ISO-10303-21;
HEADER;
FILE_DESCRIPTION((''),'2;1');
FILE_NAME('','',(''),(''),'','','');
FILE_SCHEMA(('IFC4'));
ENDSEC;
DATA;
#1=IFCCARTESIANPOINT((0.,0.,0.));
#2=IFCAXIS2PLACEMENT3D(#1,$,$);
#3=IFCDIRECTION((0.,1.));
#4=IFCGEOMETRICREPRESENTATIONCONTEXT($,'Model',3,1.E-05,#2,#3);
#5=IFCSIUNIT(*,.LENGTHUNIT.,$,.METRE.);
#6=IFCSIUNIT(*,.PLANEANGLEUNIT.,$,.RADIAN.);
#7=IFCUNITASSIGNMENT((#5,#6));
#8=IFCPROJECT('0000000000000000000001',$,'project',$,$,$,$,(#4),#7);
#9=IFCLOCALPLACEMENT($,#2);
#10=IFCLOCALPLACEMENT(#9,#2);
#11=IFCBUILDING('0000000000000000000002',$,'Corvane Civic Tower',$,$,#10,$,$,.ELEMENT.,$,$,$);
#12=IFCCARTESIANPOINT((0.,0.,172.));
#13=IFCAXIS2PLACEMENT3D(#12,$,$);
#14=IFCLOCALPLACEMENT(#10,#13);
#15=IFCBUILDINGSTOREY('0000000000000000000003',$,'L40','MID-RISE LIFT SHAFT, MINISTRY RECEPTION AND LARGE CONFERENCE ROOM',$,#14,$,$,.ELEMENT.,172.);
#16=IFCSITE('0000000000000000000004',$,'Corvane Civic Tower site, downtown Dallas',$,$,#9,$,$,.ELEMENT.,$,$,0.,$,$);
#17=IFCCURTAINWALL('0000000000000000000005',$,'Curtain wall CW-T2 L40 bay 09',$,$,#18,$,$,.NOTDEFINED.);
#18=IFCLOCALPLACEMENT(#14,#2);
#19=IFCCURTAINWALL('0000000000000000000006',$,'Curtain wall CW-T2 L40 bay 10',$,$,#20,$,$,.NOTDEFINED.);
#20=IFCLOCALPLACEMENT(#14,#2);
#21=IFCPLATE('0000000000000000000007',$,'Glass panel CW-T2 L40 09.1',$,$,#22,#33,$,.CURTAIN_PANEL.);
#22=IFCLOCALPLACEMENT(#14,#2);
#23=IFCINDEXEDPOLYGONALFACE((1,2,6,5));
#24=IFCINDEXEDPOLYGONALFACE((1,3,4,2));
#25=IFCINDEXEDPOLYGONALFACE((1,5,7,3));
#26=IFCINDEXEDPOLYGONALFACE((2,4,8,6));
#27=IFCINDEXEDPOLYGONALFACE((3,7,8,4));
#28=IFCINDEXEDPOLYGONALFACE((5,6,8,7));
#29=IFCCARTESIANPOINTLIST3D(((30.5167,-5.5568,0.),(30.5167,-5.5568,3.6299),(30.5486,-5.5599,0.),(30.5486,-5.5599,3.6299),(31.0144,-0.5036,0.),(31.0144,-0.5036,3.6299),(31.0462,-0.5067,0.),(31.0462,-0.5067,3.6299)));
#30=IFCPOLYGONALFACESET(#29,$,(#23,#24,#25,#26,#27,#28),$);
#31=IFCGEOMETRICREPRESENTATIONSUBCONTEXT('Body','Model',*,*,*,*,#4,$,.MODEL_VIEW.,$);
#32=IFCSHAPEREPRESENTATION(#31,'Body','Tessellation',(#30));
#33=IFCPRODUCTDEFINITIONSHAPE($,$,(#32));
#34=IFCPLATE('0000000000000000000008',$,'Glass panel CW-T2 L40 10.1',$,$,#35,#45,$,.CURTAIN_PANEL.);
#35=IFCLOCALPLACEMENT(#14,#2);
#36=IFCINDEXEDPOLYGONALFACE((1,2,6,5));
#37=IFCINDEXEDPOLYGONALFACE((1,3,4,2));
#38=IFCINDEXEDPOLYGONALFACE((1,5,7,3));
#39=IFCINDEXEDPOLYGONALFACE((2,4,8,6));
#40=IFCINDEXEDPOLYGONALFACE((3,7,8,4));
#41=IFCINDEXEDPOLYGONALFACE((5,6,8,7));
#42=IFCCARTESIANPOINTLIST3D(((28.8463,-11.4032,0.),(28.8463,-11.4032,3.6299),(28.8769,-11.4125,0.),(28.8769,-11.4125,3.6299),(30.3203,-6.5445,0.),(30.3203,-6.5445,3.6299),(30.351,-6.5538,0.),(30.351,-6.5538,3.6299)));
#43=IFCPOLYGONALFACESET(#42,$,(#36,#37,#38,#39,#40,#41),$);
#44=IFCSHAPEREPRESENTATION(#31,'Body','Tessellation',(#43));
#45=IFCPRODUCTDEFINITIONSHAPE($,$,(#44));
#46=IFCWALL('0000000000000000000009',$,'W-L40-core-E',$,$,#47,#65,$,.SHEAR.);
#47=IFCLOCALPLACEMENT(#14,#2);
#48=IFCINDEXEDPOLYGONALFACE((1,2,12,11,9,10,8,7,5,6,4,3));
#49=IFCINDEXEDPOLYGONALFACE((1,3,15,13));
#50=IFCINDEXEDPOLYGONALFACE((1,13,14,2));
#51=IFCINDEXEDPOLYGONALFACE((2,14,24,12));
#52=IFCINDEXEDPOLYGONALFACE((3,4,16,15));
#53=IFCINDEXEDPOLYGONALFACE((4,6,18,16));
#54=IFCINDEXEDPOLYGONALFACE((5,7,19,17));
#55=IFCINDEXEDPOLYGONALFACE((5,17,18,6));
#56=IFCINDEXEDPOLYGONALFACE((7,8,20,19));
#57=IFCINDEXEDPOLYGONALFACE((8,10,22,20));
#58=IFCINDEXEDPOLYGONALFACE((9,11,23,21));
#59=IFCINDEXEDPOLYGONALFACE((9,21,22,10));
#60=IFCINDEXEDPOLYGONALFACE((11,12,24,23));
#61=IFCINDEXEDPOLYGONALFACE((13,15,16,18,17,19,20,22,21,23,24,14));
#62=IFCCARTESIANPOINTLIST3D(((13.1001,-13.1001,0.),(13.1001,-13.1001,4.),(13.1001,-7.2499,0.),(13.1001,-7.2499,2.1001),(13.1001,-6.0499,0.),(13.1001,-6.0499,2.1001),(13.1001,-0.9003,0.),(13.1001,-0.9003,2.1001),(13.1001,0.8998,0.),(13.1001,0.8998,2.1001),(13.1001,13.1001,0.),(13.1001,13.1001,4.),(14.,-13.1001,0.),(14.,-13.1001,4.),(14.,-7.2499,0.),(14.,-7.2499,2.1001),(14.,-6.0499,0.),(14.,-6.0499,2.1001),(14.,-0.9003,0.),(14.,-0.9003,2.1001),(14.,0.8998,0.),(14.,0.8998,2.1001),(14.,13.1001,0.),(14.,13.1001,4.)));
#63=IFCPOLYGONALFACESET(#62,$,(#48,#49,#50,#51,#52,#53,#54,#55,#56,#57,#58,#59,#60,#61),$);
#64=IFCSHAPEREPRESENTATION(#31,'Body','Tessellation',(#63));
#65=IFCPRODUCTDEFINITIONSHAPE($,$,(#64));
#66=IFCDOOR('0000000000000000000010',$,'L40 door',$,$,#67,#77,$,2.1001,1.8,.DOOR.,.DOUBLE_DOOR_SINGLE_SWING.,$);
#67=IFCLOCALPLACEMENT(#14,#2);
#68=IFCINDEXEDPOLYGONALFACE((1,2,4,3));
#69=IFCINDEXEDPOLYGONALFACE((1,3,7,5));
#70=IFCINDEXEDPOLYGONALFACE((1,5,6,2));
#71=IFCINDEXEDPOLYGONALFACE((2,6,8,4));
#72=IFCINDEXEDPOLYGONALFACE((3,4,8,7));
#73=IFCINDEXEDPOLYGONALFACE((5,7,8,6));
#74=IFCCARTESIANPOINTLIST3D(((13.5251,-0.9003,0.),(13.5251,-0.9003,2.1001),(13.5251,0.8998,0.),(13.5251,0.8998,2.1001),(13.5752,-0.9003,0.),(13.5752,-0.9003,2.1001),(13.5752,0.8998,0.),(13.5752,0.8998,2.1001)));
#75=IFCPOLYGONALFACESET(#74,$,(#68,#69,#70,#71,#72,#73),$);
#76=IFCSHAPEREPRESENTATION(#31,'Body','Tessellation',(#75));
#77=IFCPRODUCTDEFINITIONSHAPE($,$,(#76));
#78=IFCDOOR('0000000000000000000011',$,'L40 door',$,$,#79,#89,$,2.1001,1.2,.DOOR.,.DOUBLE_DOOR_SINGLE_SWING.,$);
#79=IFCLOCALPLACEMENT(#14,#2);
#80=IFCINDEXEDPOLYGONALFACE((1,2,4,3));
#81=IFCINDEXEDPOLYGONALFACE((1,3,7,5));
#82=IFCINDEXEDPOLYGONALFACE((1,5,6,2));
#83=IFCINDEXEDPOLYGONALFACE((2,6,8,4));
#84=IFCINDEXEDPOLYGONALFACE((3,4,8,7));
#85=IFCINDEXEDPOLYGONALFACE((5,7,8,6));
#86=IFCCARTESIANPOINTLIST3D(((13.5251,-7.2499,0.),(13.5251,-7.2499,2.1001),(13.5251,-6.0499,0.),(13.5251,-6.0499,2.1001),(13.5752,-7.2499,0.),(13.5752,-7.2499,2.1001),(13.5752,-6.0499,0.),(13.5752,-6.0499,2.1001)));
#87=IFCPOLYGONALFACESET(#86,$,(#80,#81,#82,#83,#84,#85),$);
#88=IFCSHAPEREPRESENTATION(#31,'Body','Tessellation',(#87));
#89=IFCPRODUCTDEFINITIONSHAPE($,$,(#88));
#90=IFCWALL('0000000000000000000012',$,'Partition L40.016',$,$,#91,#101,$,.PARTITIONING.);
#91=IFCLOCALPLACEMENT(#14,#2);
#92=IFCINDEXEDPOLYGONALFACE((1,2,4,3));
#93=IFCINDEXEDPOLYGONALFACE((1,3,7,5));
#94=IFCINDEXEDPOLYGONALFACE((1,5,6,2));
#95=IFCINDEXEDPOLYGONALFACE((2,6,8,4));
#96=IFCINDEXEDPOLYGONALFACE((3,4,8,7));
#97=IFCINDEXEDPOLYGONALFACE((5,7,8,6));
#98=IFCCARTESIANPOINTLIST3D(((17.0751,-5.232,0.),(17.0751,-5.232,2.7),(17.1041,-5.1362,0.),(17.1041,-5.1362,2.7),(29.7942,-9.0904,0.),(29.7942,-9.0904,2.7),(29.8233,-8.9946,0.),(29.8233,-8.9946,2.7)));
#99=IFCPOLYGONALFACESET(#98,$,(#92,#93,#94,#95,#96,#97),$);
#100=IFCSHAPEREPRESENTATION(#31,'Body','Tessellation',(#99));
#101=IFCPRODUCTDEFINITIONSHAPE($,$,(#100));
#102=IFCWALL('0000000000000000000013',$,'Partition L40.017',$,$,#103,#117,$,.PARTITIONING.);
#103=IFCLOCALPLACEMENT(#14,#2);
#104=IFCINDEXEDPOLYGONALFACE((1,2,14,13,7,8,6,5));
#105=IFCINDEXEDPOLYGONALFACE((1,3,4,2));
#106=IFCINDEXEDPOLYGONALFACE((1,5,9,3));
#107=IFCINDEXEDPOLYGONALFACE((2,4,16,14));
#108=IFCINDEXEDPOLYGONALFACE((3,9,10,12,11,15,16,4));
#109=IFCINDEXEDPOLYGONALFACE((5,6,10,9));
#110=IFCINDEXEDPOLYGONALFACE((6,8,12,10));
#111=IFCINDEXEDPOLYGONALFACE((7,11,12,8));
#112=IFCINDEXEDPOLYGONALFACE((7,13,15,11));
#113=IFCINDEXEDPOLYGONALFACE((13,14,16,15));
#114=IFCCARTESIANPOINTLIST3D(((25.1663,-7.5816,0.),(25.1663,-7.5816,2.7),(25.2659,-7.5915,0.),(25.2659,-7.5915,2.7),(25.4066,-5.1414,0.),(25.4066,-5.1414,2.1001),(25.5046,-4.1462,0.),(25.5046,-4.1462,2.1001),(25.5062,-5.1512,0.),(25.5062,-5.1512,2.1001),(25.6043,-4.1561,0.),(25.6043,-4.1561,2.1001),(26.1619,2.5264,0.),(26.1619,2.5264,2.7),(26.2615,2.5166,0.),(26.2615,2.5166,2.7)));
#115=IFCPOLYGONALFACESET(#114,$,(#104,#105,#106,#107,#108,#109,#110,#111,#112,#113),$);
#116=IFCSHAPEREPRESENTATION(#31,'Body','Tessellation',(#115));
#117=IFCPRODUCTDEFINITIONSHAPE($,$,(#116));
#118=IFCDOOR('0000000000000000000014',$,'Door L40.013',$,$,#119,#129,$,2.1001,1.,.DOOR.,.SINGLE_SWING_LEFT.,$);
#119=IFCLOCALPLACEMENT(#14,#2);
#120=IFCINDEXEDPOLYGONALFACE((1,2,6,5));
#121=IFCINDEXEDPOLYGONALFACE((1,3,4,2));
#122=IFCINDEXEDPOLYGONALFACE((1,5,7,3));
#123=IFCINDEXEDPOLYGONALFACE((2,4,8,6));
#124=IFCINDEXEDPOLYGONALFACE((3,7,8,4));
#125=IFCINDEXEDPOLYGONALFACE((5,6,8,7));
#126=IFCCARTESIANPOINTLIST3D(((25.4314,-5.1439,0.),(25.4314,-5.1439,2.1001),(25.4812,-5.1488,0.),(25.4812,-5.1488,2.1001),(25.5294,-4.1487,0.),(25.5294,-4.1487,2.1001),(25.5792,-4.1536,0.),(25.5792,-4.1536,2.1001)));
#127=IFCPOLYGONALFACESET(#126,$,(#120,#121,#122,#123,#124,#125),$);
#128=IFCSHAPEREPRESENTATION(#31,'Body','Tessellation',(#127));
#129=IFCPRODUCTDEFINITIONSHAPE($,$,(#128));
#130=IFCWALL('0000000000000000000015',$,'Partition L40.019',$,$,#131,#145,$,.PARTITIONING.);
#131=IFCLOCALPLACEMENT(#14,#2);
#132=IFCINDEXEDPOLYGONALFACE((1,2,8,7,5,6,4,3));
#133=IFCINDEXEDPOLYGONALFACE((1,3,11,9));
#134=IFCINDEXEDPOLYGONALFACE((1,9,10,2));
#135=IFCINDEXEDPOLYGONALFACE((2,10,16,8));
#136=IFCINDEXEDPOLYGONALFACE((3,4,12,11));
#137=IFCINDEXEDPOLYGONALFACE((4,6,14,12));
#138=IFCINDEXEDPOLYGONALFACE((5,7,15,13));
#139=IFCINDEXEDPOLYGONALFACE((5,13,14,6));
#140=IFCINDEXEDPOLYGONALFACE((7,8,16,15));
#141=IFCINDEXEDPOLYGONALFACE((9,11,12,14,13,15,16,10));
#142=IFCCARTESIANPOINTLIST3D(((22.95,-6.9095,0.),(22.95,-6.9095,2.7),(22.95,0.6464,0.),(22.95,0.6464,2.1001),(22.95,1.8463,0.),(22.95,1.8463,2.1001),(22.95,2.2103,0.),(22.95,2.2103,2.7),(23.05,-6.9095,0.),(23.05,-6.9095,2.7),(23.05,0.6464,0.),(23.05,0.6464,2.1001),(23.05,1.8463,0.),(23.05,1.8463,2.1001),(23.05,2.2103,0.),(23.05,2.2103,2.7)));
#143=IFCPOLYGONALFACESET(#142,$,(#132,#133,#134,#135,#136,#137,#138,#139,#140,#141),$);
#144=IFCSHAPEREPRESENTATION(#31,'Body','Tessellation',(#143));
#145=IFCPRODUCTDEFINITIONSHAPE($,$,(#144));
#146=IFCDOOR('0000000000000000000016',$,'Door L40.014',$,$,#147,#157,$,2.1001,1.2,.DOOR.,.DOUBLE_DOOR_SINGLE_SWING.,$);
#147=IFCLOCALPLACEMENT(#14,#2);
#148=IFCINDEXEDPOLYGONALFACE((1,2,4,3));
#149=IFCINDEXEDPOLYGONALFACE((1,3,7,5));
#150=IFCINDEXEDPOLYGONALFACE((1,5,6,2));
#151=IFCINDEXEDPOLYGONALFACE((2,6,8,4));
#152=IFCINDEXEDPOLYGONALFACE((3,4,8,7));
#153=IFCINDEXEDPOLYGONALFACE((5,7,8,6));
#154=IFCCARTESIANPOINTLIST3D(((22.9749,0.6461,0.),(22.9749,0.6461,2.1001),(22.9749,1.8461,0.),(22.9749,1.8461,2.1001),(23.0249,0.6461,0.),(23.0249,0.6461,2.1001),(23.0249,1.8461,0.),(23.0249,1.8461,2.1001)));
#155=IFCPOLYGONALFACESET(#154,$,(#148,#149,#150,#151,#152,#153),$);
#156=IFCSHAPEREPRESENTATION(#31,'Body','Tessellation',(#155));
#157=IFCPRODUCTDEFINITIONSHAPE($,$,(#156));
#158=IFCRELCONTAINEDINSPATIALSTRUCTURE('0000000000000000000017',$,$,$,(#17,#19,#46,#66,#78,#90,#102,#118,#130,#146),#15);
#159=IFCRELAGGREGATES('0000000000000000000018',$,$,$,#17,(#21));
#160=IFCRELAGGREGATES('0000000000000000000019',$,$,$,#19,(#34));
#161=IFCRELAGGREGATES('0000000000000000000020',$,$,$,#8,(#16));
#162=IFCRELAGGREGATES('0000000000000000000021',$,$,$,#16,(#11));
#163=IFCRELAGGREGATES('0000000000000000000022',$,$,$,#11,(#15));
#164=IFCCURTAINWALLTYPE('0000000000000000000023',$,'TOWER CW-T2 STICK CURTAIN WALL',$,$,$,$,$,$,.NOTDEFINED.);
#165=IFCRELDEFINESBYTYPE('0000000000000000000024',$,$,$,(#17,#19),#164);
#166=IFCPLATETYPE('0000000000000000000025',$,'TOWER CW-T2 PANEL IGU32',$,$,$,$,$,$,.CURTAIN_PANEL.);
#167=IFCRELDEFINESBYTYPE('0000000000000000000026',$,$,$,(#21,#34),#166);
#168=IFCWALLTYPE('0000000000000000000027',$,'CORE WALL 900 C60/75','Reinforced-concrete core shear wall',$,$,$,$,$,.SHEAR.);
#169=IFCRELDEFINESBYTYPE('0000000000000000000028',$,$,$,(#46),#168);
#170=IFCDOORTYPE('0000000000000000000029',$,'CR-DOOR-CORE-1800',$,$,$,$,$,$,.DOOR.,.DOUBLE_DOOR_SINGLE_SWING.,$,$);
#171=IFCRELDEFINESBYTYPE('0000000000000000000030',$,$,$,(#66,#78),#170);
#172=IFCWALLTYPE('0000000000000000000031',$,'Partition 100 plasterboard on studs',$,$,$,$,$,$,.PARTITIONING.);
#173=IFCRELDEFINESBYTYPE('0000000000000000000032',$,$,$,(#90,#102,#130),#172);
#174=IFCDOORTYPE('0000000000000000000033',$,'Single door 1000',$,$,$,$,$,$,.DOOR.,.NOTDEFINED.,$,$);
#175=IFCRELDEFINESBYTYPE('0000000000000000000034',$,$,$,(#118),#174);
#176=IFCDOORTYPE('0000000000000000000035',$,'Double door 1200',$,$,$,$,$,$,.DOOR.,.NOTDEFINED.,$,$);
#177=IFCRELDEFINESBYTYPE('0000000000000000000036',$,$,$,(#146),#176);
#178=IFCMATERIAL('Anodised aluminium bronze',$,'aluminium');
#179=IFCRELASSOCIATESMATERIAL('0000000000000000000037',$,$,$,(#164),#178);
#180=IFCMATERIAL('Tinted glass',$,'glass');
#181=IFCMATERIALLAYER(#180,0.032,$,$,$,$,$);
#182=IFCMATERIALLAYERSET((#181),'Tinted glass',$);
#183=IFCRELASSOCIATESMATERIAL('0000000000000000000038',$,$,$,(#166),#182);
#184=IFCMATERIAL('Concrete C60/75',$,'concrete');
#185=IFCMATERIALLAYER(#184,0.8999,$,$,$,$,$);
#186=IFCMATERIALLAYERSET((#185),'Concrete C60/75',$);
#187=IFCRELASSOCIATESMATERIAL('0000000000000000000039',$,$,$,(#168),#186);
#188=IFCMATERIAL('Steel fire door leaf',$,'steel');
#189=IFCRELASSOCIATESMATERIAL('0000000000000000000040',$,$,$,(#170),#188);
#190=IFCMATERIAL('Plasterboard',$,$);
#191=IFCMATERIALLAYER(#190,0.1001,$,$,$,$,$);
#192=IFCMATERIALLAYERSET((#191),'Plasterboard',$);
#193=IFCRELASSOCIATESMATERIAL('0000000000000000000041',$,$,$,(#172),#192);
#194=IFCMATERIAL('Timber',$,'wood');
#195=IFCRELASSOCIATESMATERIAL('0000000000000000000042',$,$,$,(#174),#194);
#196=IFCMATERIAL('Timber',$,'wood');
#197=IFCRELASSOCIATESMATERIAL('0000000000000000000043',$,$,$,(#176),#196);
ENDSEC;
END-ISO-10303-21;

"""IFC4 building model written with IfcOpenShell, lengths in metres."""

from ifc_helpers import new_model, si_unit, direction, frame, frame_2d, origin, origin_2d, place, context, subcontext, project, spatial, rectangle, extrude, material, layer, layer_set, type_object, element, fill, aggregate, save


model = new_model("IFC4")

# Units and contexts
model_context = context("Model", 3, precision=1e-05, world=origin(), true_north=direction((0.0, 1.0)))
body_context = subcontext(model_context, "Body", "Model", "MODEL_VIEW")
ifc_project = project(units=[si_unit("LENGTHUNIT", "METRE"), si_unit("PLANEANGLEUNIT", "RADIAN")], contexts=[model_context])

# Site, building, storey
site_placement = place(None, origin())
site = spatial("IfcSite", under=ifc_project, at=site_placement, Name="Corvane Civic Tower site, downtown Dallas", CompositionType="ELEMENT", RefElevation=0.0)
building_placement = place(site_placement, origin())
building = spatial("IfcBuilding", under=site, at=building_placement, Name="Corvane Civic Tower", CompositionType="ELEMENT")
storey_placement = place(building_placement, frame((0.0, 0.0, 172.0)))
storey = spatial("IfcBuildingStorey", under=building, at=storey_placement, Name="L40", Description="MID-RISE LIFT SHAFT, MINISTRY RECEPTION AND LARGE CONFERENCE ROOM", CompositionType="ELEMENT", Elevation=172.0)

# Curtain walls
ifc_material_1 = material(Name="Anodised aluminium bronze", Category="aluminium")
curtain_wall_type = type_object("IfcCurtainWallType", Name="TOWER CW-T2 STICK CURTAIN WALL", PredefinedType="NOTDEFINED", material=ifc_material_1)
curtain_wall_1_placement = place(storey_placement, origin())
curtain_wall_1 = element("IfcCurtainWall", 1, at=curtain_wall_1_placement, inside=storey, type_object=curtain_wall_type, Name="Curtain wall CW-T2 L40 bay 09", PredefinedType="NOTDEFINED")
curtain_wall_2_placement = place(storey_placement, origin())
curtain_wall_2 = element("IfcCurtainWall", 2, at=curtain_wall_2_placement, inside=storey, type_object=curtain_wall_type, Name="Curtain wall CW-T2 L40 bay 10", PredefinedType="NOTDEFINED")

# Plates
ifc_material_2 = material(Name="Tinted glass", Category="glass")
ifc_layer_1 = layer(ifc_material_2, 0.032)
ifc_layer_set_1 = layer_set([ifc_layer_1], Name="Tinted glass")
plate_type = type_object("IfcPlateType", Name="TOWER CW-T2 PANEL IGU32", PredefinedType="CURTAIN_PANEL", material=ifc_layer_set_1)
plate_1_placement = place(storey_placement, frame((30.7815, -3.0317, 0.0), z_axis=(0.0, 0.0, 1.0), x_axis=(-0.098012, -0.995185, 0.0)))
plate_1 = element("IfcPlate", 3, at=plate_1_placement, type_object=plate_type, Name="Glass panel CW-T2 L40 09.1", PredefinedType="CURTAIN_PANEL", context=body_context, shape_type="SweptSolid", body=[
    extrude(rectangle(XDim=5.0776, YDim=0.032, at=origin_2d()), origin(), (0.0, 0.0, 1.0), 3.6299),
])
aggregate(curtain_wall_1, [plate_1])
plate_2_placement = place(storey_placement, frame((29.5986, -8.9785, 0.0), z_axis=(0.0, 0.0, 1.0), x_axis=(-0.290313, -0.956932, 0.0)))
plate_2 = element("IfcPlate", 4, at=plate_2_placement, type_object=plate_type, Name="Glass panel CW-T2 L40 10.1", PredefinedType="CURTAIN_PANEL", context=body_context, shape_type="SweptSolid", body=[
    extrude(rectangle(XDim=5.0774, YDim=0.032, at=origin_2d()), origin(), (0.0, 0.0, 1.0), 3.6299),
])
aggregate(curtain_wall_2, [plate_2])

# Wall, openings, doors
ifc_material_3 = material(Name="Concrete C60/75", Category="concrete")
ifc_layer_2 = layer(ifc_material_3, 0.8999)
ifc_layer_set_2 = layer_set([ifc_layer_2], Name="Concrete C60/75")
wall_type_1 = type_object("IfcWallType", Name="CORE WALL 900 C60/75", Description="Reinforced-concrete core shear wall", PredefinedType="SHEAR", material=ifc_layer_set_2)
wall_1_placement = place(storey_placement, frame((13.55, -13.1001, 0.0), z_axis=(0.0, 0.0, 1.0), x_axis=(0.0, 1.0, 0.0)))
wall_1 = element("IfcWall", 5, at=wall_1_placement, inside=storey, type_object=wall_type_1, Name="W-L40-core-E", PredefinedType="SHEAR", context=body_context, shape_type="SweptSolid", body=[
    extrude(rectangle(XDim=26.2002, YDim=0.8999, at=frame_2d((13.1001, 0.0))), origin(), (0.0, 0.0, 1.0), 4.0),
])
opening_1_placement = place(wall_1_placement, frame((12.2, 0.0, 0.0)))
opening_1 = element("IfcOpeningElement", 6, at=opening_1_placement, cuts=wall_1, PredefinedType="OPENING", context=body_context, shape_type="SweptSolid", body=[
    extrude(rectangle(XDim=1.8, YDim=2.1001, at=frame_2d((0.8999, 1.05))), frame((0.0, 0.46, 0.0), z_axis=(0.0, -1.0, 0.0), x_axis=(1.0, 0.0, 0.0)), (0.0, 0.0, 1.0), 0.9199),
])
opening_2_placement = place(wall_1_placement, frame((5.8501, 0.0, 0.0)))
opening_2 = element("IfcOpeningElement", 7, at=opening_2_placement, cuts=wall_1, PredefinedType="OPENING", context=body_context, shape_type="SweptSolid", body=[
    extrude(rectangle(XDim=1.2, YDim=2.1001, at=frame_2d((0.6001, 1.05))), frame((0.0, 0.46, 0.0), z_axis=(0.0, -1.0, 0.0), x_axis=(1.0, 0.0, 0.0)), (0.0, 0.0, 1.0), 0.9199),
])
ifc_material_4 = material(Name="Steel fire door leaf", Category="steel")
door_type_1 = type_object("IfcDoorType", Name="CR-DOOR-CORE-1800", OperationType="DOUBLE_DOOR_SINGLE_SWING", PredefinedType="DOOR", material=ifc_material_4)
door_1_placement = place(opening_1_placement, origin())
door_1 = element("IfcDoor", 8, at=door_1_placement, inside=storey, type_object=door_type_1, Name="L40 door", OperationType="DOUBLE_DOOR_SINGLE_SWING", OverallHeight=2.1001, OverallWidth=1.8, PredefinedType="DOOR", context=body_context, shape_type="SweptSolid", body=[
    extrude(rectangle(XDim=1.8, YDim=2.1001, at=frame_2d((0.8999, 1.05))), frame((0.0, 0.0249, 0.0), z_axis=(0.0, -1.0, 0.0), x_axis=(1.0, 0.0, 0.0)), (0.0, 0.0, 1.0), 0.05),
])
fill(opening_1, door_1)
door_2_placement = place(opening_2_placement, origin())
door_2 = element("IfcDoor", 9, at=door_2_placement, inside=storey, type_object=door_type_1, Name="L40 door", OperationType="DOUBLE_DOOR_SINGLE_SWING", OverallHeight=2.1001, OverallWidth=1.2, PredefinedType="DOOR", context=body_context, shape_type="SweptSolid", body=[
    extrude(rectangle(XDim=1.2, YDim=2.1001, at=frame_2d((0.6001, 1.05))), frame((0.0, 0.0249, 0.0), z_axis=(0.0, -1.0, 0.0), x_axis=(1.0, 0.0, 0.0)), (0.0, 0.0, 1.0), 0.05),
])
fill(opening_2, door_2)

# Wall
ifc_material_5 = material(Name="Plasterboard")
ifc_layer_3 = layer(ifc_material_5, 0.1001)
ifc_layer_set_3 = layer_set([ifc_layer_3], Name="Plasterboard")
wall_type_2 = type_object("IfcWallType", Name="Partition 100 plasterboard on studs", PredefinedType="PARTITIONING", material=ifc_layer_set_3)
wall_2_placement = place(storey_placement, frame((17.0896, -5.1841, 0.0), z_axis=(0.0, 0.0, 1.0), x_axis=(0.956939, -0.290289, 0.0)))
element("IfcWall", 10, at=wall_2_placement, inside=storey, type_object=wall_type_2, Name="Partition L40.016", PredefinedType="PARTITIONING", context=body_context, shape_type="SweptSolid", body=[
    extrude(rectangle(XDim=13.2915, YDim=0.1001, at=frame_2d((6.6458, 0.0))), origin(), (0.0, 0.0, 1.0), 2.7),
])

# Walls, openings, doors
wall_3_placement = place(storey_placement, frame((25.2161, -7.5867, 0.0), z_axis=(0.0, 0.0, 1.0), x_axis=(0.098021, 0.995184, 0.0)))
wall_3 = element("IfcWall", 11, at=wall_3_placement, inside=storey, type_object=wall_type_2, Name="Partition L40.017", PredefinedType="PARTITIONING", context=body_context, shape_type="SweptSolid", body=[
    extrude(rectangle(XDim=10.157, YDim=0.1001, at=frame_2d((5.0786, 0.0))), origin(), (0.0, 0.0, 1.0), 2.7),
])
opening_3_placement = place(wall_3_placement, frame((2.4521, 0.0, 0.0)))
opening_3 = element("IfcOpeningElement", 12, at=opening_3_placement, cuts=wall_3, PredefinedType="OPENING", context=body_context, shape_type="SweptSolid", body=[
    extrude(rectangle(XDim=1.0, YDim=2.1001, at=frame_2d((0.5, 1.05))), frame((0.0, 0.0601, 0.0), z_axis=(0.0, -1.0, 0.0), x_axis=(1.0, 0.0, 0.0)), (0.0, 0.0, 1.0), 0.1201),
])
ifc_material_6 = material(Name="Timber", Category="wood")
door_type_2 = type_object("IfcDoorType", Name="Single door 1000", OperationType="NOTDEFINED", PredefinedType="DOOR", material=ifc_material_6)
door_3_placement = place(opening_3_placement, frame((1.0, 0.0, 0.0), z_axis=(0.0, 0.0, 1.0), x_axis=(-1.0, 0.0, 0.0)))
door_3 = element("IfcDoor", 13, at=door_3_placement, inside=storey, type_object=door_type_2, Name="Door L40.013", OperationType="SINGLE_SWING_LEFT", OverallHeight=2.1001, OverallWidth=1.0, PredefinedType="DOOR", context=body_context, shape_type="SweptSolid", body=[
    extrude(rectangle(XDim=1.0, YDim=2.1001, at=frame_2d((0.5, 1.05))), frame((0.0, 0.0249, 0.0), z_axis=(0.0, -1.0, 0.0), x_axis=(1.0, 0.0, 0.0)), (0.0, 0.0, 1.0), 0.05),
])
fill(opening_3, door_3)
wall_4_placement = place(storey_placement, frame((23.0, -6.9097, 0.0), z_axis=(0.0, 0.0, 1.0), x_axis=(0.0, 1.0, 0.0)))
wall_4 = element("IfcWall", 14, at=wall_4_placement, inside=storey, type_object=wall_type_2, Name="Partition L40.019", PredefinedType="PARTITIONING", context=body_context, shape_type="SweptSolid", body=[
    extrude(rectangle(XDim=9.1199, YDim=0.1001, at=frame_2d((4.5601, 0.0))), origin(), (0.0, 0.0, 1.0), 2.7),
])
opening_4_placement = place(wall_4_placement, frame((7.5559, 0.0, 0.0)))
opening_4 = element("IfcOpeningElement", 15, at=opening_4_placement, cuts=wall_4, PredefinedType="OPENING", context=body_context, shape_type="SweptSolid", body=[
    extrude(rectangle(XDim=1.2, YDim=2.1001, at=frame_2d((0.6001, 1.05))), frame((0.0, 0.0601, 0.0), z_axis=(0.0, -1.0, 0.0), x_axis=(1.0, 0.0, 0.0)), (0.0, 0.0, 1.0), 0.1201),
])
ifc_material_7 = material(Name="Timber", Category="wood")
door_type_3 = type_object("IfcDoorType", Name="Double door 1200", OperationType="NOTDEFINED", PredefinedType="DOOR", material=ifc_material_7)
door_4_placement = place(opening_4_placement, frame((1.2, 0.0, 0.0), z_axis=(0.0, 0.0, 1.0), x_axis=(-1.0, 0.0, 0.0)))
door_4 = element("IfcDoor", 16, at=door_4_placement, inside=storey, type_object=door_type_3, Name="Door L40.014", OperationType="DOUBLE_DOOR_SINGLE_SWING", OverallHeight=2.1001, OverallWidth=1.2, PredefinedType="DOOR", context=body_context, shape_type="SweptSolid", body=[
    extrude(rectangle(XDim=1.2, YDim=2.1001, at=frame_2d((0.6001, 1.05))), frame((0.0, 0.0249, 0.0), z_axis=(0.0, -1.0, 0.0), x_axis=(1.0, 0.0, 0.0)), (0.0, 0.0, 1.0), 0.05),
])
fill(opening_4, door_4)

save(model, "model.ifc")
